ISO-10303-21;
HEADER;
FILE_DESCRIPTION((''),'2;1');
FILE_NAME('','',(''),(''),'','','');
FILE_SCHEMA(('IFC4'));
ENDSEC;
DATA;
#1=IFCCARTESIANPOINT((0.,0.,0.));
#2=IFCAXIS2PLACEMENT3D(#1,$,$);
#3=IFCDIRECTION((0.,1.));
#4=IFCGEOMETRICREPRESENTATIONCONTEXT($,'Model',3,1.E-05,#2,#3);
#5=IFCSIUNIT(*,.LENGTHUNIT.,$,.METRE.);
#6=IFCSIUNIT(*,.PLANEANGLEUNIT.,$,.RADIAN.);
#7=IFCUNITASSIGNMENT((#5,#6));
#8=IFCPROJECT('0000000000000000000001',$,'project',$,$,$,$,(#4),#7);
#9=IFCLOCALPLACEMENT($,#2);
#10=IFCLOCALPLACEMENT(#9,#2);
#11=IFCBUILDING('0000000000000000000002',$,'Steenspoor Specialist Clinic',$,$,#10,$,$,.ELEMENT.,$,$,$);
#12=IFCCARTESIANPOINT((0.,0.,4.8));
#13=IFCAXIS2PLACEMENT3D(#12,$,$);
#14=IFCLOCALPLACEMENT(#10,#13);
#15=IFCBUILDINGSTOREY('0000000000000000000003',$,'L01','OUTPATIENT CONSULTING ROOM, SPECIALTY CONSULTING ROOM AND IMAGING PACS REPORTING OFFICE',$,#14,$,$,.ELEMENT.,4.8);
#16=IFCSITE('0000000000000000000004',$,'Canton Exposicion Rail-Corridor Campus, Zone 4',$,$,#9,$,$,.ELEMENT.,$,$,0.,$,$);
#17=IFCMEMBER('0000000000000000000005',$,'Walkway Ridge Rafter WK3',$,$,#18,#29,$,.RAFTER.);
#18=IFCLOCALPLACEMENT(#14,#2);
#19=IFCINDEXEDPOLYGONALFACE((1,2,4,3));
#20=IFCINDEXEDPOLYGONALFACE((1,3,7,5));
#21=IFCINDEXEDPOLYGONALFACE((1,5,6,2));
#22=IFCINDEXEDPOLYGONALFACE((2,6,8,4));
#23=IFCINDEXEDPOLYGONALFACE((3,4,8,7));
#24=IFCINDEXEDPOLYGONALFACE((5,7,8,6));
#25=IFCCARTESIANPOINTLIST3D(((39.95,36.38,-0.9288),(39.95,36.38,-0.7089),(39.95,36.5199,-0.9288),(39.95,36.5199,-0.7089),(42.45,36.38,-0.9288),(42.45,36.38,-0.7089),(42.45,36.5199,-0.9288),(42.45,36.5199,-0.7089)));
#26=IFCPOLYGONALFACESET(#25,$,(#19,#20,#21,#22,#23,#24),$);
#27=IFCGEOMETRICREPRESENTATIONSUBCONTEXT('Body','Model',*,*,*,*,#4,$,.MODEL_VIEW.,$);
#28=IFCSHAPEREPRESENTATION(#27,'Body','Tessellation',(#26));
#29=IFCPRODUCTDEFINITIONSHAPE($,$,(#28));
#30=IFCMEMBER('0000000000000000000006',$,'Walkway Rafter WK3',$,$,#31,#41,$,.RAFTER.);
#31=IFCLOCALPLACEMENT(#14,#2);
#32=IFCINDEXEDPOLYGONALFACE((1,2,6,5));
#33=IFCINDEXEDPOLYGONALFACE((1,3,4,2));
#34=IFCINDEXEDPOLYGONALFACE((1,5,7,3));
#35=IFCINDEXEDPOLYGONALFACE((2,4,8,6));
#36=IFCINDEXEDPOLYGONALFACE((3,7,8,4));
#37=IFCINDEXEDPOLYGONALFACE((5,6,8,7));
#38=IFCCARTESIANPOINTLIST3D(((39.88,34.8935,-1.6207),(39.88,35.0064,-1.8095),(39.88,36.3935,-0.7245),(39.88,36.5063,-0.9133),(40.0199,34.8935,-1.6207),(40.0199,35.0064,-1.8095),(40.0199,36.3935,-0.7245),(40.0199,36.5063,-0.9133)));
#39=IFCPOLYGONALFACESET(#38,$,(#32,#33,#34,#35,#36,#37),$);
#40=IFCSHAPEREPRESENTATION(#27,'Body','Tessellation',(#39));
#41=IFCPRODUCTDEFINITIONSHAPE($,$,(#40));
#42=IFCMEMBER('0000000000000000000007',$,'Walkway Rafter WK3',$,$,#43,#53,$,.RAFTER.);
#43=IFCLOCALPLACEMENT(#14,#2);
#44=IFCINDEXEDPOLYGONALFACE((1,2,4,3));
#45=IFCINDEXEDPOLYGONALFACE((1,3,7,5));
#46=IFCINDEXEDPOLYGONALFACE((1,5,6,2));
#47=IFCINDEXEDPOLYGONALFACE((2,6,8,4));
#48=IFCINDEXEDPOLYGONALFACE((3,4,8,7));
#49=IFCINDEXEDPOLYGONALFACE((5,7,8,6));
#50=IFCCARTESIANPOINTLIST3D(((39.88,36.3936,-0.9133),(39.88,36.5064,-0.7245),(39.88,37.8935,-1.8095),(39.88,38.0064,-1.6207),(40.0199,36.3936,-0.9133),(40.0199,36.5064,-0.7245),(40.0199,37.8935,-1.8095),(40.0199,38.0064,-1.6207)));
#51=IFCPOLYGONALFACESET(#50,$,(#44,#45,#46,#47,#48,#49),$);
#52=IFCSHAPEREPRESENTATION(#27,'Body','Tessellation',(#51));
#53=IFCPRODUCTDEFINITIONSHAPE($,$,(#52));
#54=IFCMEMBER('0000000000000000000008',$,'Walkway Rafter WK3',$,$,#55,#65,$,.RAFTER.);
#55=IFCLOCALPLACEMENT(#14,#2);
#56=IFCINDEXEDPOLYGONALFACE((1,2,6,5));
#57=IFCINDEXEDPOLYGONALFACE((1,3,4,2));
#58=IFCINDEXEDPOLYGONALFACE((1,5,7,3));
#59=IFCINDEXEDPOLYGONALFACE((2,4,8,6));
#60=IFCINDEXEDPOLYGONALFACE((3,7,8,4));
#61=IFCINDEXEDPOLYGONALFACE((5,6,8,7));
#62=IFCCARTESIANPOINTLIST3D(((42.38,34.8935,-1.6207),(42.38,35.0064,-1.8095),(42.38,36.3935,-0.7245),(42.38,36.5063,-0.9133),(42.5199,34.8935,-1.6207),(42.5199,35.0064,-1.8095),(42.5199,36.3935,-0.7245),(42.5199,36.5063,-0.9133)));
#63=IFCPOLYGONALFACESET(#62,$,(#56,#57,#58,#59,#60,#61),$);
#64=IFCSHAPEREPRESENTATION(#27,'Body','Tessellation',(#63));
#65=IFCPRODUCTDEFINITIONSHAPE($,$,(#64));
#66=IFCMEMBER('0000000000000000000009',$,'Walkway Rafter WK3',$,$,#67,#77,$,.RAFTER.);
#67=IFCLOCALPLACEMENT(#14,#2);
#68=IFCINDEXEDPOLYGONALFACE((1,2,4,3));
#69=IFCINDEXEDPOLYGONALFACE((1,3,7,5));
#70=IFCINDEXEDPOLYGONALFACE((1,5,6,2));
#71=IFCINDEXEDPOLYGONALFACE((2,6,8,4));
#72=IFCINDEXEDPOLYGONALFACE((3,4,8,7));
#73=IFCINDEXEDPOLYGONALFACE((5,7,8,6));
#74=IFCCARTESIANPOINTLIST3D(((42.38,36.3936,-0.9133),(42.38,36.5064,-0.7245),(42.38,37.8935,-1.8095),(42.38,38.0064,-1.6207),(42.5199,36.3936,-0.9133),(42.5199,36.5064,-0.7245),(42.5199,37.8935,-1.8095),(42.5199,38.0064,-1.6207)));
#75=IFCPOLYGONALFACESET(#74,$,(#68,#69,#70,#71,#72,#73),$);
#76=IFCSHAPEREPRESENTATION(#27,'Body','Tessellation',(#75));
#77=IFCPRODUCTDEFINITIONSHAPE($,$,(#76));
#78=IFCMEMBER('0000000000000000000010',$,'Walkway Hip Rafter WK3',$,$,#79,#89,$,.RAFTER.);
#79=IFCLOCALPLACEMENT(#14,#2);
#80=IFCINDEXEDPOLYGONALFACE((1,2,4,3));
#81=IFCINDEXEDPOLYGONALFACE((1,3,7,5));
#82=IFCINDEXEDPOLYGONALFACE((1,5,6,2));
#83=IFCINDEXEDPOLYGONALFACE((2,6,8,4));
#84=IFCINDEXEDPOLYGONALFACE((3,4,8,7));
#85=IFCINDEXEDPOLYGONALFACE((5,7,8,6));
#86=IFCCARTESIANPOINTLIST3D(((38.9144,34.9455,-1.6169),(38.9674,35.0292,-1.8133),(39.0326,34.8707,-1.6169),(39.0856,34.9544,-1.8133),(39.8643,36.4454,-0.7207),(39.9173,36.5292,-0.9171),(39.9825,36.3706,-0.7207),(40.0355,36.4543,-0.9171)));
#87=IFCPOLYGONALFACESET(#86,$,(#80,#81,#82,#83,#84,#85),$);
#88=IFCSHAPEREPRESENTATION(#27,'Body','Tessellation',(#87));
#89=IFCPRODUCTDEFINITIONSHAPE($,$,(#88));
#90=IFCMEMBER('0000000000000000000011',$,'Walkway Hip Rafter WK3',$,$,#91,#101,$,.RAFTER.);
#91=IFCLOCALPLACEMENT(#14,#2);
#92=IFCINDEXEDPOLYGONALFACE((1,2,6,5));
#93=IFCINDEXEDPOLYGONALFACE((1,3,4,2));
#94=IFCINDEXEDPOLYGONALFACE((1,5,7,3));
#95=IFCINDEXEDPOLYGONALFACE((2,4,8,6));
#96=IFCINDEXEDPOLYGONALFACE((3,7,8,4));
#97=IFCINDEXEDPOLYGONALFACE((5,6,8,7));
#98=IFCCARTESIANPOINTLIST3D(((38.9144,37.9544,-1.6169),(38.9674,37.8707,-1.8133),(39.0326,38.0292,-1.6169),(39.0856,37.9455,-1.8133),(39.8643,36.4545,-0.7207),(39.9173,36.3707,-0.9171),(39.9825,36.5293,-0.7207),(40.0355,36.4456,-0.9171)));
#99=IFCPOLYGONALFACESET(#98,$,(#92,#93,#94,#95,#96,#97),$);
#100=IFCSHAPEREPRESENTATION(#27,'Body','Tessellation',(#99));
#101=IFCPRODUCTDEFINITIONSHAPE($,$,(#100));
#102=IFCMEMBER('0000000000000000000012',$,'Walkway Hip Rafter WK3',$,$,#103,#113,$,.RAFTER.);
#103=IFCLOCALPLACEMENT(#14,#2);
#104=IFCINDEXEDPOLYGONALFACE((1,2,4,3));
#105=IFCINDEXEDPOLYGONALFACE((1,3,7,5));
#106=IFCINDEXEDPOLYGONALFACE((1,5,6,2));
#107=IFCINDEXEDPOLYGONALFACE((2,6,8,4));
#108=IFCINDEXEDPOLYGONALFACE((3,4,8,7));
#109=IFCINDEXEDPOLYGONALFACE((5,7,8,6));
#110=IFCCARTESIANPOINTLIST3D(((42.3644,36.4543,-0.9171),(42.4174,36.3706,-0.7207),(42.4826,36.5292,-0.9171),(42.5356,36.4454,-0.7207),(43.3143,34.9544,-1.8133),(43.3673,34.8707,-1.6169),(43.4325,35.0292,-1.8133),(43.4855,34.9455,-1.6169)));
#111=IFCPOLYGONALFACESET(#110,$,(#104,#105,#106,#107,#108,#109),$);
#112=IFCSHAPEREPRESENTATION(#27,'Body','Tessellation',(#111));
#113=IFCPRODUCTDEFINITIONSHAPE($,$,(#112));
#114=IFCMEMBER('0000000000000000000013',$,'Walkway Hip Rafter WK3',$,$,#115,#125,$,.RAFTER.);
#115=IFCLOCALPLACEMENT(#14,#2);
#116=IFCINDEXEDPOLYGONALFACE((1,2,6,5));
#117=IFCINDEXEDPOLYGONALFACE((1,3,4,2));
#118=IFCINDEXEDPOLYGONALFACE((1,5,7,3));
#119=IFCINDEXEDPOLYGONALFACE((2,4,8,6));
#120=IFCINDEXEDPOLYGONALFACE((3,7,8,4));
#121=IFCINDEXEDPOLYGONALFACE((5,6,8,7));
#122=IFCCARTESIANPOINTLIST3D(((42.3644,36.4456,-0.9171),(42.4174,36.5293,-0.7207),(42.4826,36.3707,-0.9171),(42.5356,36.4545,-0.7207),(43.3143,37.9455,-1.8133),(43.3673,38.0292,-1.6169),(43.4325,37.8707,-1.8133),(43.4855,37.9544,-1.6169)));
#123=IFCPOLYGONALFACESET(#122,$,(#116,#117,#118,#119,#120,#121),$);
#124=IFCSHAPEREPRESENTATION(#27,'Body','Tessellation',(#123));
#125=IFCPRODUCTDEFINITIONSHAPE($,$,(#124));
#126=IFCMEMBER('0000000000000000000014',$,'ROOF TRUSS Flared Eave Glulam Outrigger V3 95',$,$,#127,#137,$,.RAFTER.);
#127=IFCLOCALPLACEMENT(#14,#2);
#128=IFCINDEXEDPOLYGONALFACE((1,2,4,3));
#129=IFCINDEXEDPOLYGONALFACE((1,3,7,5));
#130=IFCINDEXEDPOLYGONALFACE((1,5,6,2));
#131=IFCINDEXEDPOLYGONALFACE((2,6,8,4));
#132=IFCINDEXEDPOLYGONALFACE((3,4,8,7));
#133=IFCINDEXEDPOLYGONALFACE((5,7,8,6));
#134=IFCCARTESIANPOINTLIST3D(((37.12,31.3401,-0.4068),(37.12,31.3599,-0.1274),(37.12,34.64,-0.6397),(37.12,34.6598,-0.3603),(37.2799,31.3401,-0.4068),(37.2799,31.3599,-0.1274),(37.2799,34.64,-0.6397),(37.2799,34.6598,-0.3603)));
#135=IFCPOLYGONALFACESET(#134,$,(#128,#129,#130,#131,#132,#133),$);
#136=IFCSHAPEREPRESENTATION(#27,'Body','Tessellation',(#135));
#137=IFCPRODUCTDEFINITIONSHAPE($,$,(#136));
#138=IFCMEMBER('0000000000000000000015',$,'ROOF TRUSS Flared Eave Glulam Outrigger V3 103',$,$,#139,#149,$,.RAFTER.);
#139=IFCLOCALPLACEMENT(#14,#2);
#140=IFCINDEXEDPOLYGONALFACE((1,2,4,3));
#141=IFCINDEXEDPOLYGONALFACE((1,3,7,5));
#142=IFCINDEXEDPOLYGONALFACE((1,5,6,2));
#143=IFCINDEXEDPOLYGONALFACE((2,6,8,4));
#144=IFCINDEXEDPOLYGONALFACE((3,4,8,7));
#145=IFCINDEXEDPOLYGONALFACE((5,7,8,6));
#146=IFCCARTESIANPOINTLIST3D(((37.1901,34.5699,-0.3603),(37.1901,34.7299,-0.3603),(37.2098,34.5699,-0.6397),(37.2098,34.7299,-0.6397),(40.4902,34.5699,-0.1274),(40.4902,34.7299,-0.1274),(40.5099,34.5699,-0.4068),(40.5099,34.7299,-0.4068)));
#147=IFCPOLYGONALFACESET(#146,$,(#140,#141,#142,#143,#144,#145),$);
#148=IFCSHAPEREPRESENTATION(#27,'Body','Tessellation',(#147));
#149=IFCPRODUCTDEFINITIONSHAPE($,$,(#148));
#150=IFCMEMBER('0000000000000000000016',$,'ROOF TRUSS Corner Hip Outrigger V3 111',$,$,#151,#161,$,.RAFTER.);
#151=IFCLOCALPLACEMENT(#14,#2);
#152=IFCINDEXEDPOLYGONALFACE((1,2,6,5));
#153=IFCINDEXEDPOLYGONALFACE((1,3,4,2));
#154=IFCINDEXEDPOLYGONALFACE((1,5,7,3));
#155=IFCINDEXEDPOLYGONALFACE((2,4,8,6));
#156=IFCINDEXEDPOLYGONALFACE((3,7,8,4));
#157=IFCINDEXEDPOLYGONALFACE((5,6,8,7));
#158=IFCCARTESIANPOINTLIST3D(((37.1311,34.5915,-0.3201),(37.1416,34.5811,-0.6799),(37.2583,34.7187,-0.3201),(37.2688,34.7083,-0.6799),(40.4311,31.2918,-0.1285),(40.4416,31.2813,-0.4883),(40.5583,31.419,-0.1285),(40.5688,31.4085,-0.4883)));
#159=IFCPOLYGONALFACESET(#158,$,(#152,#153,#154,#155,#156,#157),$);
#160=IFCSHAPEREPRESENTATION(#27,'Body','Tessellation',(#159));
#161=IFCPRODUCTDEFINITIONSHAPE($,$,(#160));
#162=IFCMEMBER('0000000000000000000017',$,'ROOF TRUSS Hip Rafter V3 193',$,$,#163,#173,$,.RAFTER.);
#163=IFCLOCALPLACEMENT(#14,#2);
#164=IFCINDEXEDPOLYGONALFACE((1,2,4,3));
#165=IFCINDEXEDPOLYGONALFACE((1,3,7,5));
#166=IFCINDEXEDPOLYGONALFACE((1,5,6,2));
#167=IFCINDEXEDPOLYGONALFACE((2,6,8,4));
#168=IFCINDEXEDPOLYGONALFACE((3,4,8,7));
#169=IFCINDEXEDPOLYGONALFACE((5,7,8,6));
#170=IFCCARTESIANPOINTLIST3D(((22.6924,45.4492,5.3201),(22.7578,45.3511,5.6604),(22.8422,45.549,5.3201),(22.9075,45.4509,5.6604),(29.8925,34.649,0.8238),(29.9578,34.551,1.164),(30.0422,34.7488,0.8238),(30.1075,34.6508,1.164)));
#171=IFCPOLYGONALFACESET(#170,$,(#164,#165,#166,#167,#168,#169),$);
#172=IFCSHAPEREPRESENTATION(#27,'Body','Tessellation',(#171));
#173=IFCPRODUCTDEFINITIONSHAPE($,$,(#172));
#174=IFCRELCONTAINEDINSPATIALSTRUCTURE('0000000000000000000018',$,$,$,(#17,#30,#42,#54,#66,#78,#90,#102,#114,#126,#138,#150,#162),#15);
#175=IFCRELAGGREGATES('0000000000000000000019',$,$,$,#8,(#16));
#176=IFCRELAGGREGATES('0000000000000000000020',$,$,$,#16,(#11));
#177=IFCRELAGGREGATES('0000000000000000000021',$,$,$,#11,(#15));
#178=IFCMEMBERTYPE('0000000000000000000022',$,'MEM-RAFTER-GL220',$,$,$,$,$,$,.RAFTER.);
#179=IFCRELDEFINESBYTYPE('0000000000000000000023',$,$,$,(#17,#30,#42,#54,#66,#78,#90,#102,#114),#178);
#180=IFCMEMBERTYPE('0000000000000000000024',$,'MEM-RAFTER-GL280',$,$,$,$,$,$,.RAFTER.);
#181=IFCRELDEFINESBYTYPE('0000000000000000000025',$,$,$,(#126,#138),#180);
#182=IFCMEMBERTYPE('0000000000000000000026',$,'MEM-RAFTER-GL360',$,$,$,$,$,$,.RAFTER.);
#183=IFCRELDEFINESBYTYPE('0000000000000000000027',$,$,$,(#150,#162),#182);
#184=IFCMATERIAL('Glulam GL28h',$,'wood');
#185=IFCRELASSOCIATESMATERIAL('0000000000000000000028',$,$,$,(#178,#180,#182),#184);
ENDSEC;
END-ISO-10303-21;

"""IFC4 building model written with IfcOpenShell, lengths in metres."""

from ifc_helpers import new_model, si_unit, direction, frame, origin, origin_2d, place, context, subcontext, project, spatial, rectangle, extrude, material, material_profile, profile_set, type_object, element, save


model = new_model("IFC4")

# Units and contexts
model_context = context("Model", 3, precision=1e-05, world=origin(), true_north=direction((0.0, 1.0)))
body_context = subcontext(model_context, "Body", "Model", "MODEL_VIEW")
ifc_project = project(units=[si_unit("LENGTHUNIT", "METRE"), si_unit("PLANEANGLEUNIT", "RADIAN")], contexts=[model_context])

# Site, building, storey
site_placement = place(None, origin())
site = spatial("IfcSite", under=ifc_project, at=site_placement, Name="Canton Exposicion Rail-Corridor Campus, Zone 4", CompositionType="ELEMENT", RefElevation=0.0)
building_placement = place(site_placement, origin())
building = spatial("IfcBuilding", under=site, at=building_placement, Name="Steenspoor Specialist Clinic", CompositionType="ELEMENT")
storey_placement = place(building_placement, frame((0.0, 0.0, 4.8)))
storey = spatial("IfcBuildingStorey", under=building, at=storey_placement, Name="L01", Description="OUTPATIENT CONSULTING ROOM, SPECIALTY CONSULTING ROOM AND IMAGING PACS REPORTING OFFICE", CompositionType="ELEMENT", Elevation=4.8)

# Members
ifc_material_1 = material(Name="Glulam GL28h", Category="wood")
ifc_material_profile_1 = material_profile(ifc_material_1, rectangle(XDim=0.1399, YDim=0.22, at=origin_2d()), Name="GL28H-140X220")
ifc_profile_set_1 = profile_set([ifc_material_profile_1], Name="Glulam GL28h")
member_type_1 = type_object("IfcMemberType", Name="MEM-RAFTER-GL220", PredefinedType="RAFTER", material=ifc_profile_set_1)
member_1_placement = place(storey_placement, frame((39.95, 36.45, -0.8188), z_axis=(1.0, 0.0, 0.0), x_axis=(0.0, 1.0, 0.0)))
element("IfcMember", 1, at=member_1_placement, inside=storey, type_object=member_type_1, Name="Walkway Ridge Rafter WK3", PredefinedType="RAFTER", context=body_context, shape_type="SweptSolid", body=[
    extrude(rectangle(XDim=0.1399, YDim=0.22, at=origin_2d()), origin(), (0.0, 0.0, 1.0), 2.5),
])
for number, where, z_axis, x_axis, name in (
    (2, (39.95, 34.95, -1.7151), (0.0, 0.858441, 0.512913), (-1.0, 0.0, 0.0), "Walkway Rafter WK3"),
    (3, (39.95, 37.95, -1.7151), (0.0, -0.858441, 0.512913), (1.0, 0.0, 0.0), "Walkway Rafter WK3"),
    (4, (42.45, 34.95, -1.7151), (0.0, 0.858441, 0.512913), (-1.0, 0.0, 0.0), "Walkway Rafter WK3"),
    (5, (42.45, 37.95, -1.7151), (0.0, -0.858441, 0.512913), (1.0, 0.0, 0.0), "Walkway Rafter WK3"),
):
    element("IfcMember", number, at=place(storey_placement, frame(where, z_axis=z_axis, x_axis=x_axis)), inside=storey, type_object=member_type_1, Name=name, PredefinedType="RAFTER", context=body_context, shape_type="SweptSolid", body=[
        extrude(rectangle(XDim=0.1399, YDim=0.22, at=origin_2d()), origin(), (0.0, 0.0, 1.0), 1.7473),
    ])
for number, where, z_axis, x_axis, name in (
    (6, (39.0, 34.95, -1.7151), (0.477631, 0.754192, 0.450625), (-0.844832, 0.535032, 0.0), "Walkway Hip Rafter WK3"),
    (7, (39.0, 37.95, -1.7151), (0.477631, -0.754192, 0.450625), (0.844832, 0.535032, 0.0), "Walkway Hip Rafter WK3"),
    (8, (43.3999, 34.95, -1.7151), (-0.477631, 0.754192, 0.450625), (-0.844832, -0.535032, 0.0), "Walkway Hip Rafter WK3"),
    (9, (43.3999, 37.95, -1.7151), (-0.477631, -0.754192, 0.450625), (0.844832, -0.535032, 0.0), "Walkway Hip Rafter WK3"),
):
    element("IfcMember", number, at=place(storey_placement, frame(where, z_axis=z_axis, x_axis=x_axis)), inside=storey, type_object=member_type_1, Name=name, PredefinedType="RAFTER", context=body_context, shape_type="SweptSolid", body=[
        extrude(rectangle(XDim=0.1399, YDim=0.22, at=origin_2d()), origin(), (0.0, 0.0, 1.0), 1.9888),
    ])
ifc_material_profile_2 = material_profile(ifc_material_1, rectangle(XDim=0.1599, YDim=0.28, at=origin_2d()), Name="GL28H-160X280")
ifc_profile_set_2 = profile_set([ifc_material_profile_2], Name="Glulam GL28h")
member_type_2 = type_object("IfcMemberType", Name="MEM-RAFTER-GL280", PredefinedType="RAFTER", material=ifc_profile_set_2)
member_2_placement = place(storey_placement, frame((37.2, 34.6499, -0.5), z_axis=(0.0, -0.997518, 0.070408), x_axis=(1.0, 0.0, 0.0)))
element("IfcMember", 10, at=member_2_placement, inside=storey, type_object=member_type_2, Name="ROOF TRUSS Flared Eave Glulam Outrigger V3 95", PredefinedType="RAFTER", context=body_context, shape_type="SweptSolid", body=[
    extrude(rectangle(XDim=0.1599, YDim=0.28, at=origin_2d()), origin(), (0.0, 0.0, 1.0), 3.3081),
])
member_3_placement = place(storey_placement, frame((37.2, 34.6499, -0.5), z_axis=(0.997519, 0.0, 0.070403), x_axis=(0.0, 1.0, 0.0)))
element("IfcMember", 11, at=member_3_placement, inside=storey, type_object=member_type_2, Name="ROOF TRUSS Flared Eave Glulam Outrigger V3 103", PredefinedType="RAFTER", context=body_context, shape_type="SweptSolid", body=[
    extrude(rectangle(XDim=0.1599, YDim=0.28, at=origin_2d()), origin(), (0.0, 0.0, 1.0), 3.3083),
])
ifc_material_profile_3 = material_profile(ifc_material_1, rectangle(XDim=0.1799, YDim=0.3601, at=origin_2d()), Name="GL28H-180X360")
ifc_profile_set_3 = profile_set([ifc_material_profile_3], Name="Glulam GL28h")
member_type_3 = type_object("IfcMemberType", Name="MEM-RAFTER-GL360", PredefinedType="RAFTER", material=ifc_profile_set_3)
member_4_placement = place(storey_placement, frame((37.2, 34.6499, -0.5), z_axis=(0.706537, -0.706485, 0.041032), x_axis=(0.707081, 0.707133, 0.0)))
element("IfcMember", 12, at=member_4_placement, inside=storey, type_object=member_type_3, Name="ROOF TRUSS Corner Hip Outrigger V3 111", PredefinedType="RAFTER", context=body_context, shape_type="SweptSolid", body=[
    extrude(rectangle(XDim=0.1799, YDim=0.3601, at=origin_2d()), origin(), (0.0, 0.0, 1.0), 4.6707),
])
member_5_placement = place(storey_placement, frame((30.0, 34.6499, 0.9939), z_axis=(-0.524139, 0.786218, 0.327323), x_axis=(-0.832053, -0.554696, 0.0)))
element("IfcMember", 13, at=member_5_placement, inside=storey, type_object=member_type_3, Name="ROOF TRUSS Hip Rafter V3 193", PredefinedType="RAFTER", context=body_context, shape_type="SweptSolid", body=[
    extrude(rectangle(XDim=0.1799, YDim=0.3601, at=origin_2d()), origin(), (0.0, 0.0, 1.0), 13.7368),
])

save(model, "model.ifc")
